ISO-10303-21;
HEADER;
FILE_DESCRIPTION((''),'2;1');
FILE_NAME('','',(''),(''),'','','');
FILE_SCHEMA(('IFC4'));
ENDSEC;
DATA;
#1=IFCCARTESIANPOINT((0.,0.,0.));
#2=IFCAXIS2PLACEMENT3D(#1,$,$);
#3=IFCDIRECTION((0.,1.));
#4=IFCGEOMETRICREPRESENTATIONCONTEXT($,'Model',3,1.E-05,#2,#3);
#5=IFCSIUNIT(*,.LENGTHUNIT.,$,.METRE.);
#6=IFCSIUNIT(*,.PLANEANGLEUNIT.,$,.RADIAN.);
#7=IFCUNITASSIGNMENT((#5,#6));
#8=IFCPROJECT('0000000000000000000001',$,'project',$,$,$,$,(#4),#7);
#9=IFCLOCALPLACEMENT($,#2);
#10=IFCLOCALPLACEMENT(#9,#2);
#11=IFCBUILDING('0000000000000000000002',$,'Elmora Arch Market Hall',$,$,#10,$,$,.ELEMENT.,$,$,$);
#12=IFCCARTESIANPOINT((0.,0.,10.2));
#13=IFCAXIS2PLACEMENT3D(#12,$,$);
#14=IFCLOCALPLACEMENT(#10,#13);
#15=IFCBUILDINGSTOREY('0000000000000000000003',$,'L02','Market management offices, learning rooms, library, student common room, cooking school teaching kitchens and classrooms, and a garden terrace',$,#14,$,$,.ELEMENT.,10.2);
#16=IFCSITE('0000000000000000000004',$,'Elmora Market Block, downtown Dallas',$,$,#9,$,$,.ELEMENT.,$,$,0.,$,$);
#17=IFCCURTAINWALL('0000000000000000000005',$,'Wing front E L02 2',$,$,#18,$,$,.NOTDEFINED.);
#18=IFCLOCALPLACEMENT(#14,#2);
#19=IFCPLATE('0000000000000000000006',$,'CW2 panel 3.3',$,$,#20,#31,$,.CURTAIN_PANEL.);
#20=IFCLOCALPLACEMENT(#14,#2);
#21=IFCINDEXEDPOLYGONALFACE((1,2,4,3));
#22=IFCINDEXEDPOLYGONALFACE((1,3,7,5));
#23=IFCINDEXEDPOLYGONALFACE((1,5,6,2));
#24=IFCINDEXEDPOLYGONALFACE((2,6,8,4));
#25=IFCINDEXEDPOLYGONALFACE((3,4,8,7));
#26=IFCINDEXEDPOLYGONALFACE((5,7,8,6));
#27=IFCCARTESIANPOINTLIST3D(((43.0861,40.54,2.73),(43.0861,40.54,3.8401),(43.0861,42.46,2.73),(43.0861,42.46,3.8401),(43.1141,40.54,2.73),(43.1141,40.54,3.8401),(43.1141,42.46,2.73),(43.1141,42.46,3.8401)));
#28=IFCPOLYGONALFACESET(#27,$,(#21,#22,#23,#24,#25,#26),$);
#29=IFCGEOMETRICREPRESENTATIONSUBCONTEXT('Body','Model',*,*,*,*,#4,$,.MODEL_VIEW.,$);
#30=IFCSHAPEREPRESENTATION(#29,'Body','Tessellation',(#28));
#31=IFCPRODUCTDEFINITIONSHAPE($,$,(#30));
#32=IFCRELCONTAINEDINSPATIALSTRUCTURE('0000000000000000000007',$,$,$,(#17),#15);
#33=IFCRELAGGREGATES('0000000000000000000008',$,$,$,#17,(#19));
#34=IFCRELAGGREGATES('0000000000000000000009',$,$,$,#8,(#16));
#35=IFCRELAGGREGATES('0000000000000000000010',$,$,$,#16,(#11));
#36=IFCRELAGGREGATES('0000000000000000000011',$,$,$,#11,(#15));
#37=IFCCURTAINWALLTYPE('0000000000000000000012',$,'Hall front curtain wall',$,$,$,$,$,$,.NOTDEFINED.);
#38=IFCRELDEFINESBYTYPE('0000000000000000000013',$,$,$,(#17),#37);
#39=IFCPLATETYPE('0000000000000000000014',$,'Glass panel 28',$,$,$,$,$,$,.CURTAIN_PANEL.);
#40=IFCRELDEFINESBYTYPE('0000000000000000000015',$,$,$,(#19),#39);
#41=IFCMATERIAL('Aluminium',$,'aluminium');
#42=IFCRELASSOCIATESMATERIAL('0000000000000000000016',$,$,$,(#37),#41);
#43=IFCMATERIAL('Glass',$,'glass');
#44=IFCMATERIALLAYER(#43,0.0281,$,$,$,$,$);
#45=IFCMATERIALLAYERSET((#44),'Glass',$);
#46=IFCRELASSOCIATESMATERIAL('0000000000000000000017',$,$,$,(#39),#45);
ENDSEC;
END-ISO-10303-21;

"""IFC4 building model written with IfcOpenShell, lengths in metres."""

from ifc_helpers import new_model, si_unit, direction, frame, origin, origin_2d, place, context, subcontext, project, spatial, rectangle, extrude, material, layer, layer_set, type_object, element, aggregate, save


model = new_model("IFC4")

# Units and contexts
model_context = context("Model", 3, precision=1e-05, world=origin(), true_north=direction((0.0, 1.0)))
body_context = subcontext(model_context, "Body", "Model", "MODEL_VIEW")
ifc_project = project(units=[si_unit("LENGTHUNIT", "METRE"), si_unit("PLANEANGLEUNIT", "RADIAN")], contexts=[model_context])

# Site, building, storey
site_placement = place(None, origin())
site = spatial("IfcSite", under=ifc_project, at=site_placement, Name="Elmora Market Block, downtown Dallas", CompositionType="ELEMENT", RefElevation=0.0)
building_placement = place(site_placement, origin())
building = spatial("IfcBuilding", under=site, at=building_placement, Name="Elmora Arch Market Hall", CompositionType="ELEMENT")
storey_placement = place(building_placement, frame((0.0, 0.0, 10.2)))
storey = spatial("IfcBuildingStorey", under=building, at=storey_placement, Name="L02", Description="Market management offices, learning rooms, library, student common room, cooking school teaching kitchens and classrooms, and a garden terrace", CompositionType="ELEMENT", Elevation=10.2)

# Shared definitions
ifc_material_1 = material(Name="Aluminium", Category="aluminium")
curtain_wall_type = type_object("IfcCurtainWallType", Name="Hall front curtain wall", PredefinedType="NOTDEFINED", material=ifc_material_1)

# Curtain wall
curtain_wall_1_placement = place(storey_placement, origin())
curtain_wall_1 = element("IfcCurtainWall", 1, at=curtain_wall_1_placement, inside=storey, type_object=curtain_wall_type, Name="Wing front E L02 2", PredefinedType="NOTDEFINED")

# Plate
ifc_material_2 = material(Name="Glass", Category="glass")
ifc_layer = layer(ifc_material_2, 0.0281)
ifc_layer_set = layer_set([ifc_layer], Name="Glass")
plate_type = type_object("IfcPlateType", Name="Glass panel 28", PredefinedType="CURTAIN_PANEL", material=ifc_layer_set)
plate_1_placement = place(storey_placement, frame((43.1001, 41.5, 2.73), z_axis=(0.0, 0.0, 1.0), x_axis=(0.0, 1.0, 0.0)))
plate_1 = element("IfcPlate", 2, at=plate_1_placement, type_object=plate_type, Name="CW2 panel 3.3", PredefinedType="CURTAIN_PANEL", context=body_context, shape_type="SweptSolid", body=[
    extrude(rectangle(XDim=1.9199, YDim=0.0281, at=origin_2d()), origin(), (0.0, 0.0, 1.0), 1.1101),
])
aggregate(curtain_wall_1, [plate_1])

save(model, "model.ifc")
